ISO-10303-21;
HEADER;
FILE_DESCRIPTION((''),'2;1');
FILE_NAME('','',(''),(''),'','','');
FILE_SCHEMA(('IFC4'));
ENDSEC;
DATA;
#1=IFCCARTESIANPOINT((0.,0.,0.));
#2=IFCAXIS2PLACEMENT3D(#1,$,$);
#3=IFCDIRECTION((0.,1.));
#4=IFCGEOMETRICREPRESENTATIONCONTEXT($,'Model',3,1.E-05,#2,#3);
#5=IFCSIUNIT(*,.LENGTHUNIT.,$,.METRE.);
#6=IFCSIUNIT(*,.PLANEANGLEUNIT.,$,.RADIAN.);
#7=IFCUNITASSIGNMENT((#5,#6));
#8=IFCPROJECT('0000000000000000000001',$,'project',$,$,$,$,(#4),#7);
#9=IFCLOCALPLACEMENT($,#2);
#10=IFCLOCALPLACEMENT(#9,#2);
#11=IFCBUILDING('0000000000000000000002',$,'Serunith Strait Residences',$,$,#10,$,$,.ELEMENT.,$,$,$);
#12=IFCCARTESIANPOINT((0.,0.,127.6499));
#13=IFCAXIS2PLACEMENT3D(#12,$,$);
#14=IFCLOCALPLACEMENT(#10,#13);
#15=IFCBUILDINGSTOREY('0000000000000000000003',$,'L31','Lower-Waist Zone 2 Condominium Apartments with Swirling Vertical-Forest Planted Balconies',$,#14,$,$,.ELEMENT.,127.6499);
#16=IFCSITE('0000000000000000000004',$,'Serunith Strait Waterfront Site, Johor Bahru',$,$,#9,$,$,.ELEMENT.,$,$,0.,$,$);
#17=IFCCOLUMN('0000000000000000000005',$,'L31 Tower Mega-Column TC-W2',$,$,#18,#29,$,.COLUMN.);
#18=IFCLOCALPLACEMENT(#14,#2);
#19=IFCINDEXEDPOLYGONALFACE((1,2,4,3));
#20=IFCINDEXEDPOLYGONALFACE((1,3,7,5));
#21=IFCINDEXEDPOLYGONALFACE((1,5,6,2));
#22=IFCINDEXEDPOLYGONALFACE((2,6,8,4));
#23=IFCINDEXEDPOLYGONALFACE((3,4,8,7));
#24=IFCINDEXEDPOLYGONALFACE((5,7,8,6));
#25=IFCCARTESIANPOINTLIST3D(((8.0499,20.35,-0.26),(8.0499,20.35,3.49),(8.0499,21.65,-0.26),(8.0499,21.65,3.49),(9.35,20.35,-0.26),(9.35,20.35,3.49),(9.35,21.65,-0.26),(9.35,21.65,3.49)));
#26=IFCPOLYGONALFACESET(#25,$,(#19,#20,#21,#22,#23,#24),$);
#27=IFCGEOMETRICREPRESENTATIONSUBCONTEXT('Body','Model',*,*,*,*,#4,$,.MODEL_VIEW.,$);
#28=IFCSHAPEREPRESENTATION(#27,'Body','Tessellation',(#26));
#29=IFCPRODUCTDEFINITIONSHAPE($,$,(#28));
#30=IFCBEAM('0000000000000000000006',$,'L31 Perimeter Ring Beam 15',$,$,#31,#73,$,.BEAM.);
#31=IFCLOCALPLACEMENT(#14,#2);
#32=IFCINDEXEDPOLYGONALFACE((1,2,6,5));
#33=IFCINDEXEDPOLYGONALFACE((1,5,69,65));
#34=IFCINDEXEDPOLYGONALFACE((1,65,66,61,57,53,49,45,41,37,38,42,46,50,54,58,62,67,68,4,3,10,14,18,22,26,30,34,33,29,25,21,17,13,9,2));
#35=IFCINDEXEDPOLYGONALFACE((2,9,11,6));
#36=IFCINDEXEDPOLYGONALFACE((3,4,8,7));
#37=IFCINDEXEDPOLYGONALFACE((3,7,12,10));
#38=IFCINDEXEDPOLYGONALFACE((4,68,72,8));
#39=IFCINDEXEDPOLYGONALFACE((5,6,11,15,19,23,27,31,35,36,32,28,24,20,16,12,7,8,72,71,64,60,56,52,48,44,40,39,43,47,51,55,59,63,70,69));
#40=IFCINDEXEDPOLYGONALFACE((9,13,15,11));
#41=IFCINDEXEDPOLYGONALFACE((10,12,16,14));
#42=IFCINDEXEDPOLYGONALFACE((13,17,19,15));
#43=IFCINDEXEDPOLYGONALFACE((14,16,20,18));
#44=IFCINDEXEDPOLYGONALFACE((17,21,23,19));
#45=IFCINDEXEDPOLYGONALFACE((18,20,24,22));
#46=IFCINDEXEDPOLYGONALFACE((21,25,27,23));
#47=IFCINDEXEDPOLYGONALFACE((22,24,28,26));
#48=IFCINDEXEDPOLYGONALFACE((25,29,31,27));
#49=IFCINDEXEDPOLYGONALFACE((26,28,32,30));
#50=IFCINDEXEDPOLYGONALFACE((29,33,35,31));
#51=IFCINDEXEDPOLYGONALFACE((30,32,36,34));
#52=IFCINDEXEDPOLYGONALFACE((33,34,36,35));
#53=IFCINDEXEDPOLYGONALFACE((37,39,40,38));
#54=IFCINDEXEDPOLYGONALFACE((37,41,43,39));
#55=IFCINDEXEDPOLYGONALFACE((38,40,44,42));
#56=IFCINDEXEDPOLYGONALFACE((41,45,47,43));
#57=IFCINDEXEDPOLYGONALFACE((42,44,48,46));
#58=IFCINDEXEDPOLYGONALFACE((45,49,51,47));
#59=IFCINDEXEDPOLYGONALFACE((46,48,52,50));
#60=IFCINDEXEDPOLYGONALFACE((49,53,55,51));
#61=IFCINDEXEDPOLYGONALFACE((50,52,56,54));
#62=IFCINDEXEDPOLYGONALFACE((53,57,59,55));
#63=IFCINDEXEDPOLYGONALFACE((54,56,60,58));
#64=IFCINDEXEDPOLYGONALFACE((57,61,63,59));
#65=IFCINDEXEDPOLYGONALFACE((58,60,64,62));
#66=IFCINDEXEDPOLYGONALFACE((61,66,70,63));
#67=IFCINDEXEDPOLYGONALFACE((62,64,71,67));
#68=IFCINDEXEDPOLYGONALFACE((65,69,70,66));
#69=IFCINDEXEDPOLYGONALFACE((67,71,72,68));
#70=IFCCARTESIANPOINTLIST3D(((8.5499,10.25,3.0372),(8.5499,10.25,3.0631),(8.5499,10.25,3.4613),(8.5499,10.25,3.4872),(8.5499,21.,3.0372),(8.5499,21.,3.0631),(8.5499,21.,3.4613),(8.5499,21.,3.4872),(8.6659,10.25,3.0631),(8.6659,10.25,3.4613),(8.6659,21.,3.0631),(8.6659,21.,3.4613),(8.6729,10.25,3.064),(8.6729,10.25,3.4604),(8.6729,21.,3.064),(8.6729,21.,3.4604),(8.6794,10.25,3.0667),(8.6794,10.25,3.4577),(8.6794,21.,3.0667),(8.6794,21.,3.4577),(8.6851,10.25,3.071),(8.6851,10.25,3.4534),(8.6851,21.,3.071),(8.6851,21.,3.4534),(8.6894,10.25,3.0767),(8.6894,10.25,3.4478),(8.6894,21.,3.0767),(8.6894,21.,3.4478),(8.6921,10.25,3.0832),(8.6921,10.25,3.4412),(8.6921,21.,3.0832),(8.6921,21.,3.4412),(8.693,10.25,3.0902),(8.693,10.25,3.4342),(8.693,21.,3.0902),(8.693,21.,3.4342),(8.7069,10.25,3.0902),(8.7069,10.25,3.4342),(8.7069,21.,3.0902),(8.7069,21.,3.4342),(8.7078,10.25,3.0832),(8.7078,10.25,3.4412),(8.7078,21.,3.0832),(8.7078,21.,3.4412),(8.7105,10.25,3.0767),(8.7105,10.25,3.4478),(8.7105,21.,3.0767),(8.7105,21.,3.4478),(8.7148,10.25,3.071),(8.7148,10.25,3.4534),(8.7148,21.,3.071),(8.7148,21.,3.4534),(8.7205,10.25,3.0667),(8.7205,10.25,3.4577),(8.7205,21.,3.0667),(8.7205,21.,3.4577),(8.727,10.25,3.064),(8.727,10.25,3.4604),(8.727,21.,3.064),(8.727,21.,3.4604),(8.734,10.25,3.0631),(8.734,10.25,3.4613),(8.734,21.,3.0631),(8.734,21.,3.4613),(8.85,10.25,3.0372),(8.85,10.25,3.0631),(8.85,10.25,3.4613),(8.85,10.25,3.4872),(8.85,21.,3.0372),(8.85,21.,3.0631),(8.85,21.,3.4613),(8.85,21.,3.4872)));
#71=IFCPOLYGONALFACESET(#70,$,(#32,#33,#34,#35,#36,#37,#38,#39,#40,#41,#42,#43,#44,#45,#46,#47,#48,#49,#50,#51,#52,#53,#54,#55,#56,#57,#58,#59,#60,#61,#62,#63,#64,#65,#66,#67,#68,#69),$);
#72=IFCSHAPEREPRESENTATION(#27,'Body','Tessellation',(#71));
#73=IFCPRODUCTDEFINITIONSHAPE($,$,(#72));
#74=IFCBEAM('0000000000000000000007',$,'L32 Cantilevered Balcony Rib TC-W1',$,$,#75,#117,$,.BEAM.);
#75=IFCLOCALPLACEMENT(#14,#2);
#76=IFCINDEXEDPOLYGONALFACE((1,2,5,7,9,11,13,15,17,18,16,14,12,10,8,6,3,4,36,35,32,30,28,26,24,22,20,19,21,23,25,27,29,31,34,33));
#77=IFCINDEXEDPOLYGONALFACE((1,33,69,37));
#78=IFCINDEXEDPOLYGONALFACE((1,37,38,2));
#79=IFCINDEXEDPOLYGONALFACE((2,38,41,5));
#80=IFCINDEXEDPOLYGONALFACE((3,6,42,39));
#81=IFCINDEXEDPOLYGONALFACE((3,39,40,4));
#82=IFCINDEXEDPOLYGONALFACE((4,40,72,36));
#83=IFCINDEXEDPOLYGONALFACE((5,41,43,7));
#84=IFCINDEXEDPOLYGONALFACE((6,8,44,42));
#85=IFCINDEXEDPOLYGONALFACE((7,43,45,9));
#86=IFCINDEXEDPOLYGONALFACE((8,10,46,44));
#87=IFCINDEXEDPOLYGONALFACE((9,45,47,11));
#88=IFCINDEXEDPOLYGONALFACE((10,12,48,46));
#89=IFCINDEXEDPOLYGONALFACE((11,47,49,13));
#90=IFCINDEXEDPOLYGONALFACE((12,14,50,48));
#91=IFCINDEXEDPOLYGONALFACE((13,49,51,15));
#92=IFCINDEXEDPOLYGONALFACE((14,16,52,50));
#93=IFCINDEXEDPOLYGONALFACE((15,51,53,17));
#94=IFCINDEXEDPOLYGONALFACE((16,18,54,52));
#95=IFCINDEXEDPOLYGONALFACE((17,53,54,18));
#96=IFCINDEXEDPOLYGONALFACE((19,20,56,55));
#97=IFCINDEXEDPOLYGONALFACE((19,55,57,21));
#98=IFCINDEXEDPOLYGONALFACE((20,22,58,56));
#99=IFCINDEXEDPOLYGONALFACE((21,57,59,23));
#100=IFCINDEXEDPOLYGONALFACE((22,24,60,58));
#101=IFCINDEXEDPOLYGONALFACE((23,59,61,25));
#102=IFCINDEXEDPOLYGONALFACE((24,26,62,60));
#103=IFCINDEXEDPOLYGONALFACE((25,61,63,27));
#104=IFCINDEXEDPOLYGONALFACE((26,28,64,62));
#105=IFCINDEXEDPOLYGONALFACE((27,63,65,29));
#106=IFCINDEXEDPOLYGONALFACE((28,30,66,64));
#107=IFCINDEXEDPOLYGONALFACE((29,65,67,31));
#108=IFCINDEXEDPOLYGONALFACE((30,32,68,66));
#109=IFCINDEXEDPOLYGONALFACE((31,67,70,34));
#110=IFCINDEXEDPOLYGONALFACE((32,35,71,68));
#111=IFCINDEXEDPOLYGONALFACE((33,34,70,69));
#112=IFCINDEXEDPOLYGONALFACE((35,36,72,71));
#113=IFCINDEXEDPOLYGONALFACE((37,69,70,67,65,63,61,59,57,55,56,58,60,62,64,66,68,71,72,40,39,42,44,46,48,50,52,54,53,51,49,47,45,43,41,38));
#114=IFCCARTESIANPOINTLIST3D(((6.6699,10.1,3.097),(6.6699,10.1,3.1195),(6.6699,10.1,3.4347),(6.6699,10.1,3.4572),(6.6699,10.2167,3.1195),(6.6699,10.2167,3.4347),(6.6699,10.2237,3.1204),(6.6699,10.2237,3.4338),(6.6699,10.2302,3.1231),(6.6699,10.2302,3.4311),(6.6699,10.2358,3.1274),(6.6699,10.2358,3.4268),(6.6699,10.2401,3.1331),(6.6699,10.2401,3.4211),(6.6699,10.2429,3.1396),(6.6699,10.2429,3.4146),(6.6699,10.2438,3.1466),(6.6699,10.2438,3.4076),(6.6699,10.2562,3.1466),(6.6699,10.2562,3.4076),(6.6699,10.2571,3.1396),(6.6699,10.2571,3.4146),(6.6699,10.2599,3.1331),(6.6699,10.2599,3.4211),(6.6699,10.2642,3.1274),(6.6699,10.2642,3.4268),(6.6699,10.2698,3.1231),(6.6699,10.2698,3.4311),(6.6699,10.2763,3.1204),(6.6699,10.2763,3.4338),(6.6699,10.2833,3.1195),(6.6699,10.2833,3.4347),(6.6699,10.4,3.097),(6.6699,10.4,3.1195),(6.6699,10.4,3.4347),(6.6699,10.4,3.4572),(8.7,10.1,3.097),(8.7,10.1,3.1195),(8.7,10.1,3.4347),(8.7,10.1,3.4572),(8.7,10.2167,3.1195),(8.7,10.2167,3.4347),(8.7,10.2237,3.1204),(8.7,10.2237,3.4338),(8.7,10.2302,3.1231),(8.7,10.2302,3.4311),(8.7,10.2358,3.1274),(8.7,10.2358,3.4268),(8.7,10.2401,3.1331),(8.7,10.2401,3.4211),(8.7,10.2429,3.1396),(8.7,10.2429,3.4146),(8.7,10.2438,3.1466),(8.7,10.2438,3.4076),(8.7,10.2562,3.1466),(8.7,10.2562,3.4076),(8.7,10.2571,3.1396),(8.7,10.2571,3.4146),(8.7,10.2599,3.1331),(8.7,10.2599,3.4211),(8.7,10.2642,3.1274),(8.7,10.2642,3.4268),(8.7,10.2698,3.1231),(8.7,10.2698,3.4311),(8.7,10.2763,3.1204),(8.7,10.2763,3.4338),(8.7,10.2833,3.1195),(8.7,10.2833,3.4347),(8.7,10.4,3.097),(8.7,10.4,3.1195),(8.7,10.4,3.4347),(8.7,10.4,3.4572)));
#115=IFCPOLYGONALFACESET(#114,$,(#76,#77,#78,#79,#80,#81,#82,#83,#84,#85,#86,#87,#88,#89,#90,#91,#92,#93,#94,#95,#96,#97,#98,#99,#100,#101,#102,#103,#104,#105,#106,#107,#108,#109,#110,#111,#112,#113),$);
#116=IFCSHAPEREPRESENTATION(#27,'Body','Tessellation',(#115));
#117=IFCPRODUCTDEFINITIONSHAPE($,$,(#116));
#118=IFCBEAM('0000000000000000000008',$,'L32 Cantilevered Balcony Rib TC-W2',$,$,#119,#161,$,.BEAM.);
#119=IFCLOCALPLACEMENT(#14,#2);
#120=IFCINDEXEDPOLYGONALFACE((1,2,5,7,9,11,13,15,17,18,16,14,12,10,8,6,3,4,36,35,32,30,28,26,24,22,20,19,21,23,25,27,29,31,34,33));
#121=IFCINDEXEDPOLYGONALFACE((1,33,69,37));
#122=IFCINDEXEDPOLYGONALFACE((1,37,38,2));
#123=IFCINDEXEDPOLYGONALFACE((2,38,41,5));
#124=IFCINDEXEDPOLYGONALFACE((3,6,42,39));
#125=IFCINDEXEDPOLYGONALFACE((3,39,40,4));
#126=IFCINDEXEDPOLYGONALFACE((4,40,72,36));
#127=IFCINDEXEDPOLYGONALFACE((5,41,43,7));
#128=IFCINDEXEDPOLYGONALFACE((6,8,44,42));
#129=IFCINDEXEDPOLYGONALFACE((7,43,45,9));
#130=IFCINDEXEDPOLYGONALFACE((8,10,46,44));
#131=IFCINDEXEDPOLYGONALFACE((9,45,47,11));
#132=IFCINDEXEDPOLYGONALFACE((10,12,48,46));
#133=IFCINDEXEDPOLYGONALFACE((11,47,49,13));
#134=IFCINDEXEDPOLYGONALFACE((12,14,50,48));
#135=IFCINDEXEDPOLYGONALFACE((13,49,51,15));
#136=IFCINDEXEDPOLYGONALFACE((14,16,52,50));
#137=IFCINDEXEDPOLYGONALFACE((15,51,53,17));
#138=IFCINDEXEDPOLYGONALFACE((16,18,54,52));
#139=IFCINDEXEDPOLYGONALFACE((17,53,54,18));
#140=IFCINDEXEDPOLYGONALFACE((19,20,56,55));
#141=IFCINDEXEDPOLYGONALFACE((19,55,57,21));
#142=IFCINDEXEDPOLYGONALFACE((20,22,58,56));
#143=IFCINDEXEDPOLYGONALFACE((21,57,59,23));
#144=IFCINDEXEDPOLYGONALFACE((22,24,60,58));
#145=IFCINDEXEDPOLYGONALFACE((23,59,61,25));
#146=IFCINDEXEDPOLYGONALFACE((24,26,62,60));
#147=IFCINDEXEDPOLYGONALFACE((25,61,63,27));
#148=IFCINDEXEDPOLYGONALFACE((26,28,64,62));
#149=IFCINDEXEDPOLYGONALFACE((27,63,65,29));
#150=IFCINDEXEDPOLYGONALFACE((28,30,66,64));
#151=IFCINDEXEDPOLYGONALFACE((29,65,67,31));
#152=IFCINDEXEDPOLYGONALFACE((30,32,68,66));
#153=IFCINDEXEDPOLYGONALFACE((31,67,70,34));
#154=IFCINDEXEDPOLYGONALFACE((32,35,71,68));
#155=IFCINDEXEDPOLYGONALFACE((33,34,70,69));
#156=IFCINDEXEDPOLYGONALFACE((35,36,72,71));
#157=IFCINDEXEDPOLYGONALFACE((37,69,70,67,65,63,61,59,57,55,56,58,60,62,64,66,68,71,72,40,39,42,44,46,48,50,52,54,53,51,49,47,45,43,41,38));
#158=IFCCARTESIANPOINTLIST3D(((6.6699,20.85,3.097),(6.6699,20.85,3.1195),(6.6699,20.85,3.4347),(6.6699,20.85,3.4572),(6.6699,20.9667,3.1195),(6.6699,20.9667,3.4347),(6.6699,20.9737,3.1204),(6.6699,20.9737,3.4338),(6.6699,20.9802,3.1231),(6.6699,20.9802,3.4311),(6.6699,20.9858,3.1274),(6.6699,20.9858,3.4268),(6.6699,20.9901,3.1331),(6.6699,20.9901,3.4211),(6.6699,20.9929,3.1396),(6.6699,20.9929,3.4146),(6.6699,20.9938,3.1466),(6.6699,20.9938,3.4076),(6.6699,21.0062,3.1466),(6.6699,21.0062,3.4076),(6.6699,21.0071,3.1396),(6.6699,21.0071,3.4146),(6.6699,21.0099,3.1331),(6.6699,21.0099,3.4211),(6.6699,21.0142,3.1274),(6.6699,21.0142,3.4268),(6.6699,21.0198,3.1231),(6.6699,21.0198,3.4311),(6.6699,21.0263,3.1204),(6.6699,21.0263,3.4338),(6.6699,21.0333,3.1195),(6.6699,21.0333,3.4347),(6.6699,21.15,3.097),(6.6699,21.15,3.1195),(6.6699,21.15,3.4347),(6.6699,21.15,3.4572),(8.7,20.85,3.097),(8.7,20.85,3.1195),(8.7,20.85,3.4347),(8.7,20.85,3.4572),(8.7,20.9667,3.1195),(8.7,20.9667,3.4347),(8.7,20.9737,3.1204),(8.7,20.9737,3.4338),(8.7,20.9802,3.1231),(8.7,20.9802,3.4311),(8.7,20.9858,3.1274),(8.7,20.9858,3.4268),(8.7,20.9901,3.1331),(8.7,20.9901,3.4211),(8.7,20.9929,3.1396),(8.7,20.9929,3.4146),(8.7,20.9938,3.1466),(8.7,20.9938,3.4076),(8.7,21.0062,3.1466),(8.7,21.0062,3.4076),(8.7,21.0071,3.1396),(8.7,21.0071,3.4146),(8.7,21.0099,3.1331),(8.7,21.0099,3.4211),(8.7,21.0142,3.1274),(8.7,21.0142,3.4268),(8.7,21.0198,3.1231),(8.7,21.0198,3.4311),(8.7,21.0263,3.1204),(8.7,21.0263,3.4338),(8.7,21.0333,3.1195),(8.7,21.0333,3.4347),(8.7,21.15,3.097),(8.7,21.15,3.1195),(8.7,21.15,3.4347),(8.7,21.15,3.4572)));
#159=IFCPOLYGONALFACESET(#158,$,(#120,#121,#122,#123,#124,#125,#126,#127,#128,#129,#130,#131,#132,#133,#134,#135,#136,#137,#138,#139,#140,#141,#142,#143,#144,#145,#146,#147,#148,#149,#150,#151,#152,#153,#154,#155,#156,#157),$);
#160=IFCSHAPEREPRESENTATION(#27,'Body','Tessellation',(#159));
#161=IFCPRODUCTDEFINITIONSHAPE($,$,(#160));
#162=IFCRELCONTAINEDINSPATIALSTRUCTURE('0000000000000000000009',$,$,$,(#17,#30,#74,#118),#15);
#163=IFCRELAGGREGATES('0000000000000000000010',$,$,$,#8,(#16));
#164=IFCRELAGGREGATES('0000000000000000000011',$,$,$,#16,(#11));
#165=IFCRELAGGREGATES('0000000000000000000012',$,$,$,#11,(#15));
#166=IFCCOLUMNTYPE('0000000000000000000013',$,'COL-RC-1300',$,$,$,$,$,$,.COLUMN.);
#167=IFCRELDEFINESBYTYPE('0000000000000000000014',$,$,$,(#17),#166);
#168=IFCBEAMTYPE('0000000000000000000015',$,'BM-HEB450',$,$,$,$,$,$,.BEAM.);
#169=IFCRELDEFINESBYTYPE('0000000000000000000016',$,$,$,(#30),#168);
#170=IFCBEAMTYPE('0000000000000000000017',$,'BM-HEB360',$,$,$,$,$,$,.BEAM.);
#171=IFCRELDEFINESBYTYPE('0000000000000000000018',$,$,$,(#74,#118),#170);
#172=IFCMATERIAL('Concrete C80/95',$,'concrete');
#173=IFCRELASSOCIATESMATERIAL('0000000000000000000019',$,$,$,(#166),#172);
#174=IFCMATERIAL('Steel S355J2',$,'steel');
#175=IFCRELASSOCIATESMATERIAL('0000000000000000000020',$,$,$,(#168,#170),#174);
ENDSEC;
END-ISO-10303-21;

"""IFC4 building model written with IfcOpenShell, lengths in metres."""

from ifc_helpers import new_model, si_unit, direction, frame, origin, origin_2d, place, context, subcontext, project, spatial, rectangle, i_section, extrude, source, transform, mapped, material, material_profile, profile_set, type_object, element, save


model = new_model("IFC4")

# Units and contexts
model_context = context("Model", 3, precision=1e-05, world=origin(), true_north=direction((0.0, 1.0)))
body_context = subcontext(model_context, "Body", "Model", "MODEL_VIEW")
ifc_project = project(units=[si_unit("LENGTHUNIT", "METRE"), si_unit("PLANEANGLEUNIT", "RADIAN")], contexts=[model_context])

# Site, building, storey
site_placement = place(None, origin())
site = spatial("IfcSite", under=ifc_project, at=site_placement, Name="Serunith Strait Waterfront Site, Johor Bahru", CompositionType="ELEMENT", RefElevation=0.0)
building_placement = place(site_placement, origin())
building = spatial("IfcBuilding", under=site, at=building_placement, Name="Serunith Strait Residences", CompositionType="ELEMENT")
storey_placement = place(building_placement, frame((0.0, 0.0, 127.6499)))
storey = spatial("IfcBuildingStorey", under=building, at=storey_placement, Name="L31", Description="Lower-Waist Zone 2 Condominium Apartments with Swirling Vertical-Forest Planted Balconies", CompositionType="ELEMENT", Elevation=127.6499)

# Column
ifc_material_1 = material(Name="Concrete C80/95", Category="concrete")
ifc_material_profile_1 = material_profile(ifc_material_1, rectangle(XDim=1.3, YDim=1.3, at=origin_2d()), Name="RC 1300x1300")
ifc_profile_set_1 = profile_set([ifc_material_profile_1], Name="Concrete C80/95")
column_type = type_object("IfcColumnType", Name="COL-RC-1300", PredefinedType="COLUMN", material=ifc_profile_set_1)
shared_shape_1 = source(origin(), body_context, "Body", "SweptSolid", [
    extrude(rectangle(XDim=1.3, YDim=1.3, at=origin_2d()), origin(), (0.0, 0.0, 1.0), 3.75),
])
column_placement = place(storey_placement, frame((8.7, 21.0, -0.26), z_axis=(0.0, 0.0, 1.0), x_axis=(1.0, 0.0, 0.0)))
element("IfcColumn", 1, at=column_placement, inside=storey, type_object=column_type, Name="L31 Tower Mega-Column TC-W2", PredefinedType="COLUMN", context=body_context, shape_type="MappedRepresentation", body=[
    mapped(shared_shape_1, transform((0.0, 0.0, 0.0), scale=1.0)),
])

# Beams
ifc_material_2 = material(Name="Steel S355J2", Category="steel")
ifc_material_profile_2 = material_profile(ifc_material_2, i_section(OverallWidth=0.3, OverallDepth=0.45, WebThickness=0.0139, FlangeThickness=0.0259, FilletRadius=0.0271, at=origin_2d()), Name="HEB 450")
ifc_profile_set_2 = profile_set([ifc_material_profile_2], Name="Steel S355J2")
beam_type_1 = type_object("IfcBeamType", Name="BM-HEB450", PredefinedType="BEAM", material=ifc_profile_set_2)
shared_shape_2 = source(origin(), body_context, "Body", "SweptSolid", [
    extrude(i_section(OverallWidth=0.3, OverallDepth=0.45, WebThickness=0.0139, FlangeThickness=0.0259, FilletRadius=0.0271, at=origin_2d()), origin(), (0.0, 0.0, 1.0), 10.75),
])
beam_placement = place(storey_placement, frame((8.7, 21.0, 3.2622), z_axis=(0.0, -1.0, 0.0), x_axis=(1.0, 0.0, 0.0)))
element("IfcBeam", 2, at=beam_placement, inside=storey, type_object=beam_type_1, Name="L31 Perimeter Ring Beam 15", PredefinedType="BEAM", context=body_context, shape_type="MappedRepresentation", body=[
    mapped(shared_shape_2, transform((0.0, 0.0, 0.0), scale=1.0)),
])
ifc_material_profile_3 = material_profile(ifc_material_2, i_section(OverallWidth=0.3, OverallDepth=0.3601, WebThickness=0.0125, FlangeThickness=0.0225, FilletRadius=0.0271, at=origin_2d()), Name="HEB 360")
ifc_profile_set_3 = profile_set([ifc_material_profile_3], Name="Steel S355J2")
beam_type_2 = type_object("IfcBeamType", Name="BM-HEB360", PredefinedType="BEAM", material=ifc_profile_set_3)
shared_shape_3 = source(origin(), body_context, "Body", "SweptSolid", [
    extrude(i_section(OverallWidth=0.3, OverallDepth=0.3601, WebThickness=0.0125, FlangeThickness=0.0225, FilletRadius=0.0271, at=origin_2d()), origin(), (0.0, 0.0, 1.0), 2.03),
])
for number, where, z_axis, x_axis, name in (
    (3, (8.7, 10.25, 3.2771), (-1.0, 0.0, 0.0), (0.0, -1.0, 0.0), "L32 Cantilevered Balcony Rib TC-W1"),
    (4, (8.7, 21.0, 3.2771), (-1.0, 0.0, 0.0), (0.0, -1.0, 0.0), "L32 Cantilevered Balcony Rib TC-W2"),
):
    element("IfcBeam", number, at=place(storey_placement, frame(where, z_axis=z_axis, x_axis=x_axis)), inside=storey, type_object=beam_type_2, Name=name, PredefinedType="BEAM", context=body_context, shape_type="MappedRepresentation", body=[
        mapped(shared_shape_3, transform((0.0, 0.0, 0.0), scale=1.0)),
    ])

save(model, "model.ifc")
